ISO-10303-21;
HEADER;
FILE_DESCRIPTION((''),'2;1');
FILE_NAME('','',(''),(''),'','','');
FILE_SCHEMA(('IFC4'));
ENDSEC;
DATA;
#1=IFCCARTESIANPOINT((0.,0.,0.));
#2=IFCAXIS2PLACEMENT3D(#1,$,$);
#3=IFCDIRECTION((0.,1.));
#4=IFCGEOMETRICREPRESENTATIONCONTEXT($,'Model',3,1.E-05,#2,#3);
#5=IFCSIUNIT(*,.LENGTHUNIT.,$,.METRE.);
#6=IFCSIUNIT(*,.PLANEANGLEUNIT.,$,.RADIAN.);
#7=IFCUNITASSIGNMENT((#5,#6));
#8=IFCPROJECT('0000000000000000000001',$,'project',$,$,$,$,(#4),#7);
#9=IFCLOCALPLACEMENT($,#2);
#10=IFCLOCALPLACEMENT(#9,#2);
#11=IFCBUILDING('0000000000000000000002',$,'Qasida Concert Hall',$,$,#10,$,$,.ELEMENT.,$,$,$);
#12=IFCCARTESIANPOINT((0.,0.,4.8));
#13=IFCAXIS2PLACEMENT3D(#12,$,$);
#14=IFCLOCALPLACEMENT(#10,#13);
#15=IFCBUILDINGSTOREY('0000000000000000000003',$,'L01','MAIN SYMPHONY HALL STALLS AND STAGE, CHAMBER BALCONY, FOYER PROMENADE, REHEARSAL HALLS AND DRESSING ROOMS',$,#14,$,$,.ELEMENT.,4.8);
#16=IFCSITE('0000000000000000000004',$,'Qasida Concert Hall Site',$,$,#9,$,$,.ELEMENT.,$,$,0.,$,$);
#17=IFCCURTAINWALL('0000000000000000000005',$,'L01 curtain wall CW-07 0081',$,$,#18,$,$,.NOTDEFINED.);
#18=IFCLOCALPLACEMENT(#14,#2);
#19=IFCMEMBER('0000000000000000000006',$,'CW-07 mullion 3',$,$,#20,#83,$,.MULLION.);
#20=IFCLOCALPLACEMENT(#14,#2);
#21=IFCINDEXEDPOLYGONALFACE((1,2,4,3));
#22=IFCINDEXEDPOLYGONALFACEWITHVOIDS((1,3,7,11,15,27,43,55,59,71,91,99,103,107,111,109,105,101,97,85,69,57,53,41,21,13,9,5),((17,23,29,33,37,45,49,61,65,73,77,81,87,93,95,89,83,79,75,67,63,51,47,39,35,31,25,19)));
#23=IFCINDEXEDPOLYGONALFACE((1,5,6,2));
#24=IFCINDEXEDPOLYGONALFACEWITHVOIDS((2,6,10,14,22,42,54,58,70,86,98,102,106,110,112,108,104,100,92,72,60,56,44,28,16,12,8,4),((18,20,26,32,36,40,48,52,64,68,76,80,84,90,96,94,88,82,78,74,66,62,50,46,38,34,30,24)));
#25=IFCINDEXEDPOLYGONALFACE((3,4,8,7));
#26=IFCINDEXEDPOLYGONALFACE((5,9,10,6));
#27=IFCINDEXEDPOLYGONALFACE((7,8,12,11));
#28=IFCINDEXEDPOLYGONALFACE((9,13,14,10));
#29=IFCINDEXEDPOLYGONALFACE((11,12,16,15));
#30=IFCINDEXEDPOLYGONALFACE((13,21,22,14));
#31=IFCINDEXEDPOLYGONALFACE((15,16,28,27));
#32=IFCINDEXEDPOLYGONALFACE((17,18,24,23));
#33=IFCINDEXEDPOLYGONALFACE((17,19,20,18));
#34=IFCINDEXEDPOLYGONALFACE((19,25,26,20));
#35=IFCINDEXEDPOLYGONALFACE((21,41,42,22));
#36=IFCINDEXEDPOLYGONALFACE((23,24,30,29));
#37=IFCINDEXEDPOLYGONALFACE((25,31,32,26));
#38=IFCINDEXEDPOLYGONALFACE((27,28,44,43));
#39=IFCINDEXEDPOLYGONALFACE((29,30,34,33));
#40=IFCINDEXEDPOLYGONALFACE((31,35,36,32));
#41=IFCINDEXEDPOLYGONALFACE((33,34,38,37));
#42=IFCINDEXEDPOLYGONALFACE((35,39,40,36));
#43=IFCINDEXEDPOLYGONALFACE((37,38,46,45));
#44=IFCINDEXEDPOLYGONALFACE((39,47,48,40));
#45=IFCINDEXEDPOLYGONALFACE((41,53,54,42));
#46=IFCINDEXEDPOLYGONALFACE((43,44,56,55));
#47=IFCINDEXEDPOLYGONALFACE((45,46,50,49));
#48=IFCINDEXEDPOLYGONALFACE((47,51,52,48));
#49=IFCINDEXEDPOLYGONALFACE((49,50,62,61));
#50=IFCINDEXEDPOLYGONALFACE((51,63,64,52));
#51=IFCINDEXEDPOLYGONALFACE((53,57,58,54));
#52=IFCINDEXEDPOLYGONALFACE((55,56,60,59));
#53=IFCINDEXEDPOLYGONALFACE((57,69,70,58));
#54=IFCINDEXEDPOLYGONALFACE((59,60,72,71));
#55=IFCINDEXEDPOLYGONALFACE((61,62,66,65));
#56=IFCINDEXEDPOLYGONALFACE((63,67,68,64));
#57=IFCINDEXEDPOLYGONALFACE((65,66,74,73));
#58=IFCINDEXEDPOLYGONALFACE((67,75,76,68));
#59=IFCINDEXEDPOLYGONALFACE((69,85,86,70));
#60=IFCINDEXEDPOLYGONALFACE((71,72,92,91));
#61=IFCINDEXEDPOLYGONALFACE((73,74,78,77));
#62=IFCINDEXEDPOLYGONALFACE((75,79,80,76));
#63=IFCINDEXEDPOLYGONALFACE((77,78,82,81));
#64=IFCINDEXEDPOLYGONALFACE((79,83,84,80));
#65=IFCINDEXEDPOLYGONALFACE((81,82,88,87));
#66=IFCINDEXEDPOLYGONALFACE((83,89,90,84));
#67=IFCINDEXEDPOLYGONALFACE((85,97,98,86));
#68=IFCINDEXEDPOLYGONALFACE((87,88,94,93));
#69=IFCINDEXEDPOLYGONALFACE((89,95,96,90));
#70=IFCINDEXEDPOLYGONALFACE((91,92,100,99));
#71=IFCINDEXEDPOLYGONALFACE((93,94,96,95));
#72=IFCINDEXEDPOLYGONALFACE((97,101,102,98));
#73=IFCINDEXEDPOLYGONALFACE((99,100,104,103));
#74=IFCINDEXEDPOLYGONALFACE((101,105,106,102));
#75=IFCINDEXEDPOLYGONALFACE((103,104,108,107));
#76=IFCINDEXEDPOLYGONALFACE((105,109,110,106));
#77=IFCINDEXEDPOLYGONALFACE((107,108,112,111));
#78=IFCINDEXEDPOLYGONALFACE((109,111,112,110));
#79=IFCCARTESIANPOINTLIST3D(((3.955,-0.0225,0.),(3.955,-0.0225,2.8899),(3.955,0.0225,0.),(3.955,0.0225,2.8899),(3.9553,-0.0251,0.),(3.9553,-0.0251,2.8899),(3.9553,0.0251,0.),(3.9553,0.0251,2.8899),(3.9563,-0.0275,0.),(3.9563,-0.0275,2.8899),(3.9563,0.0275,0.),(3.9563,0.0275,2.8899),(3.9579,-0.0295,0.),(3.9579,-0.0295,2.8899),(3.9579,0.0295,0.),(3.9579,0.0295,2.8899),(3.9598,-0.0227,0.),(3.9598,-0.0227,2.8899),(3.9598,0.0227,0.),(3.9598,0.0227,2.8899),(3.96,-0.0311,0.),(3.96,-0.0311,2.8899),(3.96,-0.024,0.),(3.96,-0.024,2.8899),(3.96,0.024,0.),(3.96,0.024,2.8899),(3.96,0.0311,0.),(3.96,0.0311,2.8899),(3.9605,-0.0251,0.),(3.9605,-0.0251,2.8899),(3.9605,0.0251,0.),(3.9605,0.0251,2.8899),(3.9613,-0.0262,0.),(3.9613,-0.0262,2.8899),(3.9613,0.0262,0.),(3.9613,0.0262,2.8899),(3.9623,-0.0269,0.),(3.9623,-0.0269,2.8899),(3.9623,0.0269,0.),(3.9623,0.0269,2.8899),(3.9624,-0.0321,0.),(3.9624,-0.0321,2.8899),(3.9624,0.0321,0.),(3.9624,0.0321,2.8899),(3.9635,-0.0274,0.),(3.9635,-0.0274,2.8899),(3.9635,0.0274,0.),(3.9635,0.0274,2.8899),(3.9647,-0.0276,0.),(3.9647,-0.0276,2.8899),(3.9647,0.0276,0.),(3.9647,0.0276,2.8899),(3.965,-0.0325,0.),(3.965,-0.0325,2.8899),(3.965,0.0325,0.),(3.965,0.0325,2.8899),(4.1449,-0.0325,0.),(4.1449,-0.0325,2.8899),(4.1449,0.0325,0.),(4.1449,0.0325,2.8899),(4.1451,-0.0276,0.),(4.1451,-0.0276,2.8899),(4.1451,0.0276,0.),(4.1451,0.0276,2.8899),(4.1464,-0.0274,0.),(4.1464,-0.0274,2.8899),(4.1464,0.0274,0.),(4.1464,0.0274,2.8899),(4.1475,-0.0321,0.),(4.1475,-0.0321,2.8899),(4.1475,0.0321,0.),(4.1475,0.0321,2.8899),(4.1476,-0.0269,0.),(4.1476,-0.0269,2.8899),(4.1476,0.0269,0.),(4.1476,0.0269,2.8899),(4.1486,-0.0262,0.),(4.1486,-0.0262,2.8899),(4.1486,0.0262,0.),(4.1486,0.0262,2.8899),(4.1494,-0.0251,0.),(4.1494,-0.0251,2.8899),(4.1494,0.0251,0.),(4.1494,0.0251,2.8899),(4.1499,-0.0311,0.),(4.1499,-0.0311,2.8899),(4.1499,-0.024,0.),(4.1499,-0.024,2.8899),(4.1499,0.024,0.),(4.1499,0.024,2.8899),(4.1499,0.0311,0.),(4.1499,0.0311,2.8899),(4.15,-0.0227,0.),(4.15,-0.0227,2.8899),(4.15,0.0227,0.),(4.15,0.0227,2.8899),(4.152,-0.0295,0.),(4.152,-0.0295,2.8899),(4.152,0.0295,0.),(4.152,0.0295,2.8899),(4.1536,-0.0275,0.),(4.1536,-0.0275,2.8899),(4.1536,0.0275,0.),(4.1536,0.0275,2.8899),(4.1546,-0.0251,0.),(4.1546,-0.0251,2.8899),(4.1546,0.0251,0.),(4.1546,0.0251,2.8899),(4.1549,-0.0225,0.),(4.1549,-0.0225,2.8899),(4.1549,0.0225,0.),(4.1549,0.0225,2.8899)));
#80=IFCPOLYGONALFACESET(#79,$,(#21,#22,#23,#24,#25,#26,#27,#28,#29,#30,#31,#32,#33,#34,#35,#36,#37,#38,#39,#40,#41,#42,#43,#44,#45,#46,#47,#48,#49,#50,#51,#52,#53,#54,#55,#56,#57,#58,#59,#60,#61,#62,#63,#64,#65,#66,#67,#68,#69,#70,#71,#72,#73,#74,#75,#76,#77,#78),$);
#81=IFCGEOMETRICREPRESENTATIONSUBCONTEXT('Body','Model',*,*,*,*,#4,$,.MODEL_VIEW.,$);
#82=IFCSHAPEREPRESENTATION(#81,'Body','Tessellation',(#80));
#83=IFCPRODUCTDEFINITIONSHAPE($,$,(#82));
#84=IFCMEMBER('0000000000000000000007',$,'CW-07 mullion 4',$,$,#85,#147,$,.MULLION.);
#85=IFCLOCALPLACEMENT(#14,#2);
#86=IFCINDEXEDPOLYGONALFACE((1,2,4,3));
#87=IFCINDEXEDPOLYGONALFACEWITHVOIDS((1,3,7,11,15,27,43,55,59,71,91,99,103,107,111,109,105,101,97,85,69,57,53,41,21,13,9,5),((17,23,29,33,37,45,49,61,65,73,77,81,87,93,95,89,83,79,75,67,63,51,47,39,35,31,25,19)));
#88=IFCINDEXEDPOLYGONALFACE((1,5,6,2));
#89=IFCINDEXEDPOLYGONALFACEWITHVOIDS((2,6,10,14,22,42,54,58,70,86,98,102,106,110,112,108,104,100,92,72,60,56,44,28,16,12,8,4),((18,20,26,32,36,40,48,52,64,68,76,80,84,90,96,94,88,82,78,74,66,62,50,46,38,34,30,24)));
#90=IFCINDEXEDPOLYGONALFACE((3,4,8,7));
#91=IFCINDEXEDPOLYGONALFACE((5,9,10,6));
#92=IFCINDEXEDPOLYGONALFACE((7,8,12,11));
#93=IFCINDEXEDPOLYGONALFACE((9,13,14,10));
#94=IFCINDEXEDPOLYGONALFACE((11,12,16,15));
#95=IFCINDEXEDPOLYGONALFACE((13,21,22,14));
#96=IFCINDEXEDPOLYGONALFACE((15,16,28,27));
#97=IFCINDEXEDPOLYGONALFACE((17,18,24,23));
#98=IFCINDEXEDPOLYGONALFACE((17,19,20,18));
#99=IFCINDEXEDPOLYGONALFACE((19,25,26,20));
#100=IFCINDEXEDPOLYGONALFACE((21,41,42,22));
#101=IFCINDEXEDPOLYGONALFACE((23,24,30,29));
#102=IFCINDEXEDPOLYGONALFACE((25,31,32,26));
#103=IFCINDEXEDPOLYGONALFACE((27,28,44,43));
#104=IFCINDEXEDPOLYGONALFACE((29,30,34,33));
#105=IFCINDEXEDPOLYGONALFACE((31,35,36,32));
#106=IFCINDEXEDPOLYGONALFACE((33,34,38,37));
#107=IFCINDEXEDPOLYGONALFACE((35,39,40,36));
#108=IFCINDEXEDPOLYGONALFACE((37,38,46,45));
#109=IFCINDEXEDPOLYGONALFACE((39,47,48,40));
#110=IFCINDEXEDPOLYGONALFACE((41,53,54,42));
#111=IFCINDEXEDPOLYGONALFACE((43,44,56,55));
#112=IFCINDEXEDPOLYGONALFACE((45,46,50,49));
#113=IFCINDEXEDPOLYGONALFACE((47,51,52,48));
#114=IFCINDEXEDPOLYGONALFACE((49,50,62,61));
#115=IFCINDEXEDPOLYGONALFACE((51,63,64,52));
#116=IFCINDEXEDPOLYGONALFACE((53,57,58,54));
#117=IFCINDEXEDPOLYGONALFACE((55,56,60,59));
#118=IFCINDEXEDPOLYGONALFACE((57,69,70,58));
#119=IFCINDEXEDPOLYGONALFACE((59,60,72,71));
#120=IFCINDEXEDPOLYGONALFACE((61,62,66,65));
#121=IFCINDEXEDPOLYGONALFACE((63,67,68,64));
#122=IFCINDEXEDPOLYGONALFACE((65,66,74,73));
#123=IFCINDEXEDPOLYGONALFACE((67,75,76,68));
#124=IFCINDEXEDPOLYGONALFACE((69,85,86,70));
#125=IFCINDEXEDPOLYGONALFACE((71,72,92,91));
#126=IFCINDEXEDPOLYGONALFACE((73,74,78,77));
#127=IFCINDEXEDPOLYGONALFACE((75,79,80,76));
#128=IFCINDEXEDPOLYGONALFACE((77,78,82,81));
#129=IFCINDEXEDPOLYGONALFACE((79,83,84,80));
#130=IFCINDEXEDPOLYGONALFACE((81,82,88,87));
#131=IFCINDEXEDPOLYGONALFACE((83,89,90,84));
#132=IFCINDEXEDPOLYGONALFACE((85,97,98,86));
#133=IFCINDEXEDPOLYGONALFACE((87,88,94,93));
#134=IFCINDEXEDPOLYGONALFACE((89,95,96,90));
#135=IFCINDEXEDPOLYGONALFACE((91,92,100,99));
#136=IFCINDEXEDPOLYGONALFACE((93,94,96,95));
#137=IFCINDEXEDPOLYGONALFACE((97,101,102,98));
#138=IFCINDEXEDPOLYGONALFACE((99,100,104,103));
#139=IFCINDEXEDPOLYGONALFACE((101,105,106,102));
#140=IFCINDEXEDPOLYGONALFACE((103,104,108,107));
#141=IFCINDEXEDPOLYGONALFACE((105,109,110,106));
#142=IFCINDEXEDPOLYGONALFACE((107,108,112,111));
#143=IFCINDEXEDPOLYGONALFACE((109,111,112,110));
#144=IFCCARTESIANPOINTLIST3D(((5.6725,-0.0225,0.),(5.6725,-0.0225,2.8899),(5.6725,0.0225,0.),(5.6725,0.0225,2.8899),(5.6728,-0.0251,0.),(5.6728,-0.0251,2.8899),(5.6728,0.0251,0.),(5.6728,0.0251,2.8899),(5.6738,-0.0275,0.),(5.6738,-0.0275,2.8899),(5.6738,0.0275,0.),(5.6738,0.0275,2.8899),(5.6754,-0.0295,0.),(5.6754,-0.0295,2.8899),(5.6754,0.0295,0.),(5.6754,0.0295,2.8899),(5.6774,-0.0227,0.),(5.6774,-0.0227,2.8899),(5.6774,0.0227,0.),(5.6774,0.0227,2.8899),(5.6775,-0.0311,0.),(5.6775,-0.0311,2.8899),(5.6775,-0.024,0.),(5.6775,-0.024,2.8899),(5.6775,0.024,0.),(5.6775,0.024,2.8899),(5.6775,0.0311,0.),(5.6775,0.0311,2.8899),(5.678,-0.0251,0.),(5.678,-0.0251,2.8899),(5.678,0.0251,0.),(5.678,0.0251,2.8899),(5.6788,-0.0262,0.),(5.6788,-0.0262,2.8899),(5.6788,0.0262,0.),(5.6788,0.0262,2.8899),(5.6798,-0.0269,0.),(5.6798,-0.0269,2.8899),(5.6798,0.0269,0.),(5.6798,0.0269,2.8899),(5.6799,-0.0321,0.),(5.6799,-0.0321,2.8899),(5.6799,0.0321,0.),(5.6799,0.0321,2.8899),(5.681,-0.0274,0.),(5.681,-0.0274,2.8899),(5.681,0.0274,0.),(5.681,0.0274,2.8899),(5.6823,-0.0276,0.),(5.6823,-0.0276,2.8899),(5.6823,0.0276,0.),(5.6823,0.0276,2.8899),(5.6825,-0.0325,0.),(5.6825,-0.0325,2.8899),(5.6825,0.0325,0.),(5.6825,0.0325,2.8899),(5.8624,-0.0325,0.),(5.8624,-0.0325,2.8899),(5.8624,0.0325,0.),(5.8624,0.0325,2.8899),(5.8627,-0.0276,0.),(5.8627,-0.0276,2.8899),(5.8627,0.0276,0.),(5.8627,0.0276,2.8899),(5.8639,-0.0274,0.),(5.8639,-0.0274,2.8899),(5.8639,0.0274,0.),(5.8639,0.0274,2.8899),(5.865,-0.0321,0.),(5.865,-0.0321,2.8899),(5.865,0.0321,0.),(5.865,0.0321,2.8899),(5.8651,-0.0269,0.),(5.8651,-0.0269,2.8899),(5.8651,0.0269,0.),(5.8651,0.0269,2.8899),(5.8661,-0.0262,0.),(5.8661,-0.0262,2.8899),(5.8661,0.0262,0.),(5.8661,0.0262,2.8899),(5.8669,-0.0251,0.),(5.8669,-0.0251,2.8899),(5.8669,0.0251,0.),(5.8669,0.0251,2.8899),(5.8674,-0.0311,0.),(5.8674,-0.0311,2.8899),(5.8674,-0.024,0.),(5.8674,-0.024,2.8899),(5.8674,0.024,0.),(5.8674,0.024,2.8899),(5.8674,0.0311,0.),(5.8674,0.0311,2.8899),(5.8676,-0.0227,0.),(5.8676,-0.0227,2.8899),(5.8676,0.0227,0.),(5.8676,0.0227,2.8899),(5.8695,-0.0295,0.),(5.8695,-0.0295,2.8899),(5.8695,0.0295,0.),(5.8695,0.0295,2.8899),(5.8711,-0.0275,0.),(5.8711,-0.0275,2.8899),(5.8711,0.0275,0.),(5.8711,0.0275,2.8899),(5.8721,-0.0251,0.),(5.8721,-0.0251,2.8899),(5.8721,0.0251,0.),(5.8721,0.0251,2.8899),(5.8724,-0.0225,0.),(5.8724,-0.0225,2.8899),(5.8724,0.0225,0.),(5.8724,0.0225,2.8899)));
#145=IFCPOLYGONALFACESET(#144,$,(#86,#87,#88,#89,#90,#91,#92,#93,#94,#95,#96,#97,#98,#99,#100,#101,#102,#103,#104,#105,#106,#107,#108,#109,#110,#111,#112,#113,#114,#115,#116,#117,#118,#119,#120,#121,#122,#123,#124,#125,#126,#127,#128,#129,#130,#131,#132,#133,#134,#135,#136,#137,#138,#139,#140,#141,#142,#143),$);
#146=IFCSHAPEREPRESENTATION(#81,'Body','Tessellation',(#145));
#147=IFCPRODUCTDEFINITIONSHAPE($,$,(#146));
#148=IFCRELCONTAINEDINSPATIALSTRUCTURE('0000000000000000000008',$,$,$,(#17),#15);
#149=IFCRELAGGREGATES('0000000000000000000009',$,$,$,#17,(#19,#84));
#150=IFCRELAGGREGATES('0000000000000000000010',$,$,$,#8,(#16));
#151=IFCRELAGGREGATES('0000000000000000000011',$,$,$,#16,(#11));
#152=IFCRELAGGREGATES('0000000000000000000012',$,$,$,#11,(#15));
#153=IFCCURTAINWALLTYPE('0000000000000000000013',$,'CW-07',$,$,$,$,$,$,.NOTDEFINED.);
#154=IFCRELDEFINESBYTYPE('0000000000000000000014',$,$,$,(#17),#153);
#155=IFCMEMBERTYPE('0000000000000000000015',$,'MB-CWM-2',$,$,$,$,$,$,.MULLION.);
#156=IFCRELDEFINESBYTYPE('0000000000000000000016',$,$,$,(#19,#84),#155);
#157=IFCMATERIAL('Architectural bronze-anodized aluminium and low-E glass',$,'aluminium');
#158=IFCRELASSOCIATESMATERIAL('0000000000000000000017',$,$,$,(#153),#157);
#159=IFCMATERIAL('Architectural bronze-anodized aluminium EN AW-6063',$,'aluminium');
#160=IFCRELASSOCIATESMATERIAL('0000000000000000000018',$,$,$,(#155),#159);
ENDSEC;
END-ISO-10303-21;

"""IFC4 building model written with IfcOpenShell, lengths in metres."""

from ifc_helpers import new_model, si_unit, direction, frame, origin, origin_2d, place, context, subcontext, project, spatial, hollow_rectangle, extrude, material, material_profile, profile_set, type_object, element, aggregate, save


model = new_model("IFC4")

# Units and contexts
model_context = context("Model", 3, precision=1e-05, world=origin(), true_north=direction((0.0, 1.0)))
body_context = subcontext(model_context, "Body", "Model", "MODEL_VIEW")
ifc_project = project(units=[si_unit("LENGTHUNIT", "METRE"), si_unit("PLANEANGLEUNIT", "RADIAN")], contexts=[model_context])

# Site, building, storey
site_placement = place(None, origin())
site = spatial("IfcSite", under=ifc_project, at=site_placement, Name="Qasida Concert Hall Site", CompositionType="ELEMENT", RefElevation=0.0)
building_placement = place(site_placement, origin())
building = spatial("IfcBuilding", under=site, at=building_placement, Name="Qasida Concert Hall", CompositionType="ELEMENT")
storey_placement = place(building_placement, frame((0.0, 0.0, 4.8)))
storey = spatial("IfcBuildingStorey", under=building, at=storey_placement, Name="L01", Description="MAIN SYMPHONY HALL STALLS AND STAGE, CHAMBER BALCONY, FOYER PROMENADE, REHEARSAL HALLS AND DRESSING ROOMS", CompositionType="ELEMENT", Elevation=4.8)

# Curtain wall, members
ifc_material_1 = material(Name="Architectural bronze-anodized aluminium and low-E glass", Category="aluminium")
curtain_wall_type = type_object("IfcCurtainWallType", Name="CW-07", PredefinedType="NOTDEFINED", material=ifc_material_1)
curtain_wall_placement = place(storey_placement, origin())
curtain_wall = element("IfcCurtainWall", 1, at=curtain_wall_placement, inside=storey, type_object=curtain_wall_type, Name="L01 curtain wall CW-07 0081", PredefinedType="NOTDEFINED")
ifc_material_2 = material(Name="Architectural bronze-anodized aluminium EN AW-6063", Category="aluminium")
ifc_material_profile_1 = material_profile(ifc_material_2, hollow_rectangle(XDim=0.0649, YDim=0.2, WallThickness=0.0049, InnerFilletRadius=0.0049, OuterFilletRadius=0.01, at=origin_2d()), Name="CWM 200x65x5")
ifc_profile_set_1 = profile_set([ifc_material_profile_1], Name="Architectural bronze-anodized aluminium EN AW-6063")
member_type_1 = type_object("IfcMemberType", Name="MB-CWM-2", PredefinedType="MULLION", material=ifc_profile_set_1)
member_1_placement = place(storey_placement, frame((4.0549, 0.0, 0.0), z_axis=(0.0, 0.0, 1.0), x_axis=(0.0, 1.0, 0.0)))
member_1 = element("IfcMember", 2, at=member_1_placement, type_object=member_type_1, Name="CW-07 mullion 3", PredefinedType="MULLION", context=body_context, shape_type="SweptSolid", body=[
    extrude(hollow_rectangle(XDim=0.0649, YDim=0.2, WallThickness=0.0049, InnerFilletRadius=0.0049, OuterFilletRadius=0.01, at=origin_2d()), origin(), (0.0, 0.0, 1.0), 2.8899),
])
member_2_placement = place(storey_placement, frame((5.7725, 0.0, 0.0), z_axis=(0.0, 0.0, 1.0), x_axis=(0.0, 1.0, 0.0)))
member_2 = element("IfcMember", 3, at=member_2_placement, type_object=member_type_1, Name="CW-07 mullion 4", PredefinedType="MULLION", context=body_context, shape_type="SweptSolid", body=[
    extrude(hollow_rectangle(XDim=0.0649, YDim=0.2, WallThickness=0.0049, InnerFilletRadius=0.0049, OuterFilletRadius=0.01, at=origin_2d()), origin(), (0.0, 0.0, 1.0), 2.8899),
])
aggregate(curtain_wall, [member_1, member_2])

save(model, "model.ifc")
